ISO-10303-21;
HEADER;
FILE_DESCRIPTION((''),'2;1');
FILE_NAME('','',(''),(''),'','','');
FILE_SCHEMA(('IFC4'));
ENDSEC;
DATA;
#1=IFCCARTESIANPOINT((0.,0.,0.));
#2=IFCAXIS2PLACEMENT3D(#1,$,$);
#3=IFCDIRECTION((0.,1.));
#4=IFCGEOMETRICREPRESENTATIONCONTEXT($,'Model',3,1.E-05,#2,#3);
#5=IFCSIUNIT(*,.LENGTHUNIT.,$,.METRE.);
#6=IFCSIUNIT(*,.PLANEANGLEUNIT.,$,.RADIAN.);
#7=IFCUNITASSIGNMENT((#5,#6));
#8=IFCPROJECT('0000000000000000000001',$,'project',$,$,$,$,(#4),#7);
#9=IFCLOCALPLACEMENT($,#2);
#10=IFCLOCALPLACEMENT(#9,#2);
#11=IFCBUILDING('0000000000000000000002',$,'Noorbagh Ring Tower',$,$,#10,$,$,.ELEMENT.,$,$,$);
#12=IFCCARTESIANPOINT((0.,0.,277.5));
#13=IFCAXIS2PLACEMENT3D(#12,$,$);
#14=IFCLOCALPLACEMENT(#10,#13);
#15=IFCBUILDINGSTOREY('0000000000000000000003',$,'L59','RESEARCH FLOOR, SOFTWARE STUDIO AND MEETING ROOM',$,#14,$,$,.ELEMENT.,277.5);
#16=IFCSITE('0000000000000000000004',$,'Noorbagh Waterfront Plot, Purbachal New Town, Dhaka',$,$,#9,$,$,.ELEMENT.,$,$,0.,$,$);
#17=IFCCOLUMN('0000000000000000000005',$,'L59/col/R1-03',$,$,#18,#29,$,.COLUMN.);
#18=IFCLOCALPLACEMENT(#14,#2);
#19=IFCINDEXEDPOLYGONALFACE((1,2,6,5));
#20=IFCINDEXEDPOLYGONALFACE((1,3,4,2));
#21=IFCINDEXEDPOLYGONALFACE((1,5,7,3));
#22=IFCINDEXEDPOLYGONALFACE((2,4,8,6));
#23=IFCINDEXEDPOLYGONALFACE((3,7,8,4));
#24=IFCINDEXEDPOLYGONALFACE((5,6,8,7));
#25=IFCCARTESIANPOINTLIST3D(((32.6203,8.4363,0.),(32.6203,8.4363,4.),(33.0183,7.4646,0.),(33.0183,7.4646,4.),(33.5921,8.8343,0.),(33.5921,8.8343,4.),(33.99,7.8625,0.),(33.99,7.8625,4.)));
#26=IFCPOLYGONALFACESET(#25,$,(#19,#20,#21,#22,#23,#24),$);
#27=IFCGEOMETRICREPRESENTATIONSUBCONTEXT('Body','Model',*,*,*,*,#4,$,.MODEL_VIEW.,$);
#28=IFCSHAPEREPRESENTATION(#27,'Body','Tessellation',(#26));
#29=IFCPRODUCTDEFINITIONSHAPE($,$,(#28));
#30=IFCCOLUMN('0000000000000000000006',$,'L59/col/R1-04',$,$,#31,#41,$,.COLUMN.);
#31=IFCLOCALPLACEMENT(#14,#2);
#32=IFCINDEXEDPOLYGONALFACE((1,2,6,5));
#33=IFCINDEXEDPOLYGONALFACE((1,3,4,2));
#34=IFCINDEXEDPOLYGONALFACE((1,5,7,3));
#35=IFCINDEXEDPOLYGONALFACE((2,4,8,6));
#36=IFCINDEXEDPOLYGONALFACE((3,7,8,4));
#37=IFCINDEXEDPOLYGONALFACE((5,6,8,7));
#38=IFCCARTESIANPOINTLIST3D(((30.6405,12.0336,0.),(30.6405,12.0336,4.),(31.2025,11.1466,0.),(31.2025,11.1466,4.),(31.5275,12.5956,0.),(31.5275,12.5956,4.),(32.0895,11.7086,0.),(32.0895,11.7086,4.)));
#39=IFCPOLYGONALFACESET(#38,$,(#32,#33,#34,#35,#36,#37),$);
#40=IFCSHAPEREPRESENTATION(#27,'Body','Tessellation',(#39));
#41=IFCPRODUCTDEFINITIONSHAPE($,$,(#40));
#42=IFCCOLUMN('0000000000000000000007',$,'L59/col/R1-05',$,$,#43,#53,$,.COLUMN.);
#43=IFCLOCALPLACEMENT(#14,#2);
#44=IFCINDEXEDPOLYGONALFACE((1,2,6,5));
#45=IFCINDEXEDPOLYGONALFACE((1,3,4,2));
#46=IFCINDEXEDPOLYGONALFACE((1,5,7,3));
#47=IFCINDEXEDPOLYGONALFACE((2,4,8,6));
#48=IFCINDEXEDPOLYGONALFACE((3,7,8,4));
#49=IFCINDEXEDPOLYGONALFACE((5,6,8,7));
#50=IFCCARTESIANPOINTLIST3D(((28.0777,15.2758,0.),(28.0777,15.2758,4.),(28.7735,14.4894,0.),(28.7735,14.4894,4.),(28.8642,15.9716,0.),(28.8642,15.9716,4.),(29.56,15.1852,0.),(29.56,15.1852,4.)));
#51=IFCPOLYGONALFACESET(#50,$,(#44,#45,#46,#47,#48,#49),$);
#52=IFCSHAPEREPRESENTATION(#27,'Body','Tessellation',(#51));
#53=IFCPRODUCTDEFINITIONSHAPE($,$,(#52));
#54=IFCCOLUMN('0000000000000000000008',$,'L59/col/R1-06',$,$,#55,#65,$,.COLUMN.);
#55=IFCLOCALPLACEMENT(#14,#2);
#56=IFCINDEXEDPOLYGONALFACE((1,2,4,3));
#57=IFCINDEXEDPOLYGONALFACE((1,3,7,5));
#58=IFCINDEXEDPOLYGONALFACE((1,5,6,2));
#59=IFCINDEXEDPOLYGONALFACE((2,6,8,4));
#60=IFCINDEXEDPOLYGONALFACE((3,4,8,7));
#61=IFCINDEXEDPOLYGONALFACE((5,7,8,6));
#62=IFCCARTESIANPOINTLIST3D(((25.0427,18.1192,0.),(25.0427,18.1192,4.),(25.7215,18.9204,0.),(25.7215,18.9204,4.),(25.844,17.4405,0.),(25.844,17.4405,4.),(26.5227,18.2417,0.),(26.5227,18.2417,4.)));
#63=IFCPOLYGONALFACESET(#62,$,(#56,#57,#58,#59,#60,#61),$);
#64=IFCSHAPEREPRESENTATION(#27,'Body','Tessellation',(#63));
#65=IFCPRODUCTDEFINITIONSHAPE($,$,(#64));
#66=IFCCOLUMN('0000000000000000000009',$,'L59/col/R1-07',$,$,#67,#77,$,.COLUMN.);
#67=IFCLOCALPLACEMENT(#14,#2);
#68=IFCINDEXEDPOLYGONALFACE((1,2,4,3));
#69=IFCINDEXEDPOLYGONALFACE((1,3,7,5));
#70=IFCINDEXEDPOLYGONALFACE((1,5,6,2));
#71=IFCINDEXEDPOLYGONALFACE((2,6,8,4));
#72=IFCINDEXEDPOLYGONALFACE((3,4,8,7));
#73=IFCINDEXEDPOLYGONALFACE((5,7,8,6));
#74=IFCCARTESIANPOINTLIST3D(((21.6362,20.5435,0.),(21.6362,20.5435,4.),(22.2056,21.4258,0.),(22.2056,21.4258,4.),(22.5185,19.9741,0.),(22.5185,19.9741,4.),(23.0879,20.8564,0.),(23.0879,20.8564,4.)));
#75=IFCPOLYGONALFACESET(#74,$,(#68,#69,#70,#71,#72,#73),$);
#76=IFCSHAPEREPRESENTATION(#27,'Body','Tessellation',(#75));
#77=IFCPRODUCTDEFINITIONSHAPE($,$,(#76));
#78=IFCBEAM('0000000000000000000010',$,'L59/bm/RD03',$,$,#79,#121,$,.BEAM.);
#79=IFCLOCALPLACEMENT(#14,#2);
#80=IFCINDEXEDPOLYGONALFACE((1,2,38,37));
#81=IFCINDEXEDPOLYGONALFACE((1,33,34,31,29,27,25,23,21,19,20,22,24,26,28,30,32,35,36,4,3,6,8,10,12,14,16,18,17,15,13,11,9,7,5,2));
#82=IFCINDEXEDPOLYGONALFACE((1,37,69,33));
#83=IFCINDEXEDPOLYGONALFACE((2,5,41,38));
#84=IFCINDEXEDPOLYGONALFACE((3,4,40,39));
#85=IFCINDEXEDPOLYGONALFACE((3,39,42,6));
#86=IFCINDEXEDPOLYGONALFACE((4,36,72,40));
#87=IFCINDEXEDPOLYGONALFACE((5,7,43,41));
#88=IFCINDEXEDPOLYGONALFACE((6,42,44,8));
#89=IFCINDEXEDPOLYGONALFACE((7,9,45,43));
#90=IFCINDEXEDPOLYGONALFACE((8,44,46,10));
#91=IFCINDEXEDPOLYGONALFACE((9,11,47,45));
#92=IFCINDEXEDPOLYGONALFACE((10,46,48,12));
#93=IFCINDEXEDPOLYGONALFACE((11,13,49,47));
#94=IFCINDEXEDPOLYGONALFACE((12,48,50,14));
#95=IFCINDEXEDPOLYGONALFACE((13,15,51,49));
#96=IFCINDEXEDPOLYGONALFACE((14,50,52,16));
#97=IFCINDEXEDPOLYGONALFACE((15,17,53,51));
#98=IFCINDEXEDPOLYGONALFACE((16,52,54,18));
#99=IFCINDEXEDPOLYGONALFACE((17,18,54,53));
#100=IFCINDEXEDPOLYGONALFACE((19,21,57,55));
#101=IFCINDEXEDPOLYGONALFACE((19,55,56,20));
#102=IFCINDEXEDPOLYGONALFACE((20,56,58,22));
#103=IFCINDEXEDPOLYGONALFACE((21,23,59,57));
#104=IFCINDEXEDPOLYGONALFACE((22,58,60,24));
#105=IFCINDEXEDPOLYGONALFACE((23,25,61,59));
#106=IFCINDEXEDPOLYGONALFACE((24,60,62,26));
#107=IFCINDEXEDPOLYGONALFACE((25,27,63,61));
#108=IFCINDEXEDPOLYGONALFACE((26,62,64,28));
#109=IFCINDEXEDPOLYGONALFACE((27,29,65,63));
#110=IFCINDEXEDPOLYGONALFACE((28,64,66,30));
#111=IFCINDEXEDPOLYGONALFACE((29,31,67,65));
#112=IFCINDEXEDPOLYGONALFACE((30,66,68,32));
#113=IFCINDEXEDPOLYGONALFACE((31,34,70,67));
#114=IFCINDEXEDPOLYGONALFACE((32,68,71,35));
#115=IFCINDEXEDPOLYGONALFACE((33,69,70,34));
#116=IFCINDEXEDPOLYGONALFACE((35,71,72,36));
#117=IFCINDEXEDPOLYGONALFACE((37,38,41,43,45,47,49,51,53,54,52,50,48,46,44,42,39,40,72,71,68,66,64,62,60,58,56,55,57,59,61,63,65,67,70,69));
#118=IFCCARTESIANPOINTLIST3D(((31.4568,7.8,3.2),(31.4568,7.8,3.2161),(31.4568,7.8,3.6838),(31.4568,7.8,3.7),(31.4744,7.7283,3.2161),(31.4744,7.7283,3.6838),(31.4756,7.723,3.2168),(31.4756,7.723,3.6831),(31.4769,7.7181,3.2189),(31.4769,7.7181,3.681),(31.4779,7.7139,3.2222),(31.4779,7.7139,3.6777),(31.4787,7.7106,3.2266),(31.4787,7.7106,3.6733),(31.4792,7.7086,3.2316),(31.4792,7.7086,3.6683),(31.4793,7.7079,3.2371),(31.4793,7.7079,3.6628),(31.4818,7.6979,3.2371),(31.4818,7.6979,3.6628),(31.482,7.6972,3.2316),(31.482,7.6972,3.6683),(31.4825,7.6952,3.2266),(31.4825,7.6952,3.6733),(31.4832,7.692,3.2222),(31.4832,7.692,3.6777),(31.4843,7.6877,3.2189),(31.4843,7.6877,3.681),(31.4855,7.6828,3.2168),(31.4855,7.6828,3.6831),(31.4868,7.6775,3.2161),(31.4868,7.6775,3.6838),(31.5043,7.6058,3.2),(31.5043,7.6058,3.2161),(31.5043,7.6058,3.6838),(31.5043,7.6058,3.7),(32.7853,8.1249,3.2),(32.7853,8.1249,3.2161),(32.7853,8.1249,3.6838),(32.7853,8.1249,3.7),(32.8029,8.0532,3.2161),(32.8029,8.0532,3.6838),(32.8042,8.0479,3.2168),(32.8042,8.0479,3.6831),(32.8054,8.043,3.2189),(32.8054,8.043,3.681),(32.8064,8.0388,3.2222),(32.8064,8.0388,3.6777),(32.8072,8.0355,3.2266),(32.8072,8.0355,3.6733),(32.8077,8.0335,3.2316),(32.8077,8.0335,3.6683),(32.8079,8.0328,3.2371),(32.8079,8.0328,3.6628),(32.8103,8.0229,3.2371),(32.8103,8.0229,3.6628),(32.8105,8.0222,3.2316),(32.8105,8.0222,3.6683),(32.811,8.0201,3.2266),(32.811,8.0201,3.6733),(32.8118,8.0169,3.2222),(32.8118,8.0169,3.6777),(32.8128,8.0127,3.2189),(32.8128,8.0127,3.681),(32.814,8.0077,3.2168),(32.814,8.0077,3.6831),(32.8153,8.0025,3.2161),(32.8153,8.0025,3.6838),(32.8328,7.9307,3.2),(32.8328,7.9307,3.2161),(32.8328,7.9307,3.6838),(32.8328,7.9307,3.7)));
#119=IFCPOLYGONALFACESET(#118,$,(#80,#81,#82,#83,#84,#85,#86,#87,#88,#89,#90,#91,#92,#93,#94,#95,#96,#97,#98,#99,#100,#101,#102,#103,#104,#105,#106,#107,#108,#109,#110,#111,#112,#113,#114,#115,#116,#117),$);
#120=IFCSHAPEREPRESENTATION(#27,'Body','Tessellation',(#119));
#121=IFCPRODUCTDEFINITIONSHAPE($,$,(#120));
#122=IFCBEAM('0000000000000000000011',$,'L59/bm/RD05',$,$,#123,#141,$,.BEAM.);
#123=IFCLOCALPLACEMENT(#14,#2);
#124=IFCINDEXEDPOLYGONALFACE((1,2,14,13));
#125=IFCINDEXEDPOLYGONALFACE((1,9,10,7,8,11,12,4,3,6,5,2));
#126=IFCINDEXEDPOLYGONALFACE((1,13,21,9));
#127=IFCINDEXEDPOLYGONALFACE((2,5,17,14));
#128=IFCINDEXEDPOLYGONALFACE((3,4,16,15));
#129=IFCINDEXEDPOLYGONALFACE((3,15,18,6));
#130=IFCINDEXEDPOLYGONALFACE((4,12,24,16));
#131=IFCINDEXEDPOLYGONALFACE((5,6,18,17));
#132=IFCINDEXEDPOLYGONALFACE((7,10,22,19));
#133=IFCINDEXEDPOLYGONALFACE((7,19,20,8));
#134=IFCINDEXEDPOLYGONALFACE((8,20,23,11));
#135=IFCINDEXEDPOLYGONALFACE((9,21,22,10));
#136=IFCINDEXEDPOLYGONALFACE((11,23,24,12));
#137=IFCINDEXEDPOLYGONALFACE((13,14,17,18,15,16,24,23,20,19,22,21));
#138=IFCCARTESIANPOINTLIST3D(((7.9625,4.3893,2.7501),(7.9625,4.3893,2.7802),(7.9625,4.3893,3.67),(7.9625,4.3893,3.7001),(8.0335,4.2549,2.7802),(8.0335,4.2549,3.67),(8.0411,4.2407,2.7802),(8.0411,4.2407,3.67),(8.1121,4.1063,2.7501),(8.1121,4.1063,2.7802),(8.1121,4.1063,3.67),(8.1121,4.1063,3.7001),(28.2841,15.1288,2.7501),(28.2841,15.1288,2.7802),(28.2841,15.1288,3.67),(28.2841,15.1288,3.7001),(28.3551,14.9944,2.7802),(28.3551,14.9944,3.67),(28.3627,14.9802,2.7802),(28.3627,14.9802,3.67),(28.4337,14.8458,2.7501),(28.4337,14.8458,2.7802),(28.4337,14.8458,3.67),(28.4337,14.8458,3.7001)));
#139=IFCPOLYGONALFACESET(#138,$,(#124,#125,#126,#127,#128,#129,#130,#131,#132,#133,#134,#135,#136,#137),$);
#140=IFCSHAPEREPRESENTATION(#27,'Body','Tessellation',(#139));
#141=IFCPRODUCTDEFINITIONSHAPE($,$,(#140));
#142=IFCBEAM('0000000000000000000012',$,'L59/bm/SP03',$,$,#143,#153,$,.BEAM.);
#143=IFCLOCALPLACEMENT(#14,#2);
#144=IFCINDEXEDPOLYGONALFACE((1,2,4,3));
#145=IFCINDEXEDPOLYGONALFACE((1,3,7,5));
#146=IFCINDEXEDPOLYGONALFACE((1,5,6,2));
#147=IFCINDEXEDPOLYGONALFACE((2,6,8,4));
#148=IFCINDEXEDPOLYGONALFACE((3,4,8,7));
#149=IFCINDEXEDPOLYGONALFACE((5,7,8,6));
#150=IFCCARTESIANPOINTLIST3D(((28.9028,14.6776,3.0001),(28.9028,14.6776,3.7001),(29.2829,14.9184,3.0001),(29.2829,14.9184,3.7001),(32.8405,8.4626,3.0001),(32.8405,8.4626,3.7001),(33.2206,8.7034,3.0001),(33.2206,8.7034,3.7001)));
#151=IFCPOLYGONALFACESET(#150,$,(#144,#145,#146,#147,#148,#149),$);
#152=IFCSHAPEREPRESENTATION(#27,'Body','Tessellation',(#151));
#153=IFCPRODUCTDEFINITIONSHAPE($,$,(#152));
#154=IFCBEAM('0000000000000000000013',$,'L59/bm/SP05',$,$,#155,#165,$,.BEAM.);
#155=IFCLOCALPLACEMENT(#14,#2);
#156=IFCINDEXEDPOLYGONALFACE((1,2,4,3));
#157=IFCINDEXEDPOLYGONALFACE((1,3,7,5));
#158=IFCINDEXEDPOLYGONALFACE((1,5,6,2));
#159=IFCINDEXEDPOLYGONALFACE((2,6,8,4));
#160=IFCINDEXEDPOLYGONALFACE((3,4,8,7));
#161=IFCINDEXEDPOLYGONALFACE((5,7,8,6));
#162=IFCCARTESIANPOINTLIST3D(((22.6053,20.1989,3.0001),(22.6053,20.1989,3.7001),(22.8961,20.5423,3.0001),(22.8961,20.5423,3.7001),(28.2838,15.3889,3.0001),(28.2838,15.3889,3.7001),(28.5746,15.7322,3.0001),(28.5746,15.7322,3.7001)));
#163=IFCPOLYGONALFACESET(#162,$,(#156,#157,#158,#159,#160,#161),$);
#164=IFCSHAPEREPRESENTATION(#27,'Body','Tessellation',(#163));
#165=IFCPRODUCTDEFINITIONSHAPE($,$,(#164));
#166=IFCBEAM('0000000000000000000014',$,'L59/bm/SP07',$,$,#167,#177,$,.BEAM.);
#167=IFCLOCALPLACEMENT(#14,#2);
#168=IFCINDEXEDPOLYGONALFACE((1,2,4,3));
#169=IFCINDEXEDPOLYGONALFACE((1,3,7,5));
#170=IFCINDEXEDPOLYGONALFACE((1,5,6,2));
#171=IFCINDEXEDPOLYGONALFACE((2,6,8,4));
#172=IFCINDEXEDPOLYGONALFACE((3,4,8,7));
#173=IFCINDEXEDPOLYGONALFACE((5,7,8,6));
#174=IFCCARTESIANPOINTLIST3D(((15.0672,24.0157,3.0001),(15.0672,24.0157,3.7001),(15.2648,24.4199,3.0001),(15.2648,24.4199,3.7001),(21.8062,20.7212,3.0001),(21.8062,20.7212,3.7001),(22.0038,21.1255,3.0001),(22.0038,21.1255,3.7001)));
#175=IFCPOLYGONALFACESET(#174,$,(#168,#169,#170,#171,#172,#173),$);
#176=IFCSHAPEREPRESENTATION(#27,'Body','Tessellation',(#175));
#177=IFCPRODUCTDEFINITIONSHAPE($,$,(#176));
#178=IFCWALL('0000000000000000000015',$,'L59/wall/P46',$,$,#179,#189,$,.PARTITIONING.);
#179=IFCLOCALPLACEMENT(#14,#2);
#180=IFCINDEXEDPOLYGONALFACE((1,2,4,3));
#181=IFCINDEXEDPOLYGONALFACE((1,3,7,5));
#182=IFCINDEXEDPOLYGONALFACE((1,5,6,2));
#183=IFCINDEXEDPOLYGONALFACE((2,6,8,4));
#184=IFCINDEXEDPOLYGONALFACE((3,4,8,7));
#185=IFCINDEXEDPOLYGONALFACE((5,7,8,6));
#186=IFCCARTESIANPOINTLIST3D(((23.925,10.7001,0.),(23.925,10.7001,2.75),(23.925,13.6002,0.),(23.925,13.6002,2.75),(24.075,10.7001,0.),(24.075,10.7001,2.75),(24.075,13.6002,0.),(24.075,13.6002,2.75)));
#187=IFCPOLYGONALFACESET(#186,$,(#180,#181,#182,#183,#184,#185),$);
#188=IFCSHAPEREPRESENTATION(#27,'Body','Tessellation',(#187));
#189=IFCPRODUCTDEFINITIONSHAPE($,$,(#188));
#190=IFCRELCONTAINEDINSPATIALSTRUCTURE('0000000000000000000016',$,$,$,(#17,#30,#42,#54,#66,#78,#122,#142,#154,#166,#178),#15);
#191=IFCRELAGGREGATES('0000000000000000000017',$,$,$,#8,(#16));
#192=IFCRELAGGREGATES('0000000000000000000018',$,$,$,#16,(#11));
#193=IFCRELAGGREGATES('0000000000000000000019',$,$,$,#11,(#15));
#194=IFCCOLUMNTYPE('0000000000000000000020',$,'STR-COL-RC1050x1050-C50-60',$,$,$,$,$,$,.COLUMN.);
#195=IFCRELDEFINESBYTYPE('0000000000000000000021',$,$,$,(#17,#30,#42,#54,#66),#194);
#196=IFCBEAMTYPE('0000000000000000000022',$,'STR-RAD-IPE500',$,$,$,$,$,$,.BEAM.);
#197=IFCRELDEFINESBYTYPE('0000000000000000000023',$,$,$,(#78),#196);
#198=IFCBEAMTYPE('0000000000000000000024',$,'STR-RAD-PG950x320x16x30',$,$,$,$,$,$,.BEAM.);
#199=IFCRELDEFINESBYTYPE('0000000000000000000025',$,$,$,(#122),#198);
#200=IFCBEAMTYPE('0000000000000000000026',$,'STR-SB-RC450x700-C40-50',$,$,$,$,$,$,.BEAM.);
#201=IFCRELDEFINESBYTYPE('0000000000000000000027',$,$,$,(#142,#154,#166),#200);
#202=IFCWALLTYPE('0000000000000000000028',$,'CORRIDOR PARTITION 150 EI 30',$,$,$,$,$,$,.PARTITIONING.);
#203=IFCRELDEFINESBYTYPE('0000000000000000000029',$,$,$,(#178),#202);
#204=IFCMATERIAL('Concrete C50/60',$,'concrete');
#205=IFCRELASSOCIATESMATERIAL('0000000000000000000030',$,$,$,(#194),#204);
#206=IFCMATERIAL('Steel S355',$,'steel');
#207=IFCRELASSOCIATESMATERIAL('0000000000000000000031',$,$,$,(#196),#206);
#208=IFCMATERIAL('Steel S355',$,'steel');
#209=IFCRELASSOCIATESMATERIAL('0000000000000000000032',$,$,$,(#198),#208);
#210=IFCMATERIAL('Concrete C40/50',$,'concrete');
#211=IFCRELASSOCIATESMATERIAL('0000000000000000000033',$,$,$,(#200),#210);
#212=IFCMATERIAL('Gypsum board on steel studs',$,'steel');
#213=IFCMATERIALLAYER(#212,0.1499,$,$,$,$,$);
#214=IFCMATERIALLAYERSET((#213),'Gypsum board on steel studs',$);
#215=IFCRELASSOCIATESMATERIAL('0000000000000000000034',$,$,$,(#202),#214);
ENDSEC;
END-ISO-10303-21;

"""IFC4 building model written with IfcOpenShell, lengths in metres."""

from ifc_helpers import new_model, si_unit, direction, frame, frame_2d, origin, origin_2d, place, context, subcontext, project, spatial, rectangle, i_section, extrude, material, layer, layer_set, material_profile, profile_set, type_object, element, save


model = new_model("IFC4")

# Units and contexts
model_context = context("Model", 3, precision=1e-05, world=origin(), true_north=direction((0.0, 1.0)))
body_context = subcontext(model_context, "Body", "Model", "MODEL_VIEW")
ifc_project = project(units=[si_unit("LENGTHUNIT", "METRE"), si_unit("PLANEANGLEUNIT", "RADIAN")], contexts=[model_context])

# Site, building, storey
site_placement = place(None, origin())
site = spatial("IfcSite", under=ifc_project, at=site_placement, Name="Noorbagh Waterfront Plot, Purbachal New Town, Dhaka", CompositionType="ELEMENT", RefElevation=0.0)
building_placement = place(site_placement, origin())
building = spatial("IfcBuilding", under=site, at=building_placement, Name="Noorbagh Ring Tower", CompositionType="ELEMENT")
storey_placement = place(building_placement, frame((0.0, 0.0, 277.5)))
storey = spatial("IfcBuildingStorey", under=building, at=storey_placement, Name="L59", Description="RESEARCH FLOOR, SOFTWARE STUDIO AND MEETING ROOM", CompositionType="ELEMENT", Elevation=277.5)

# Columns
ifc_material_1 = material(Name="Concrete C50/60", Category="concrete")
ifc_material_profile_1 = material_profile(ifc_material_1, rectangle(XDim=1.05, YDim=1.05, at=origin_2d()), Name="RC1050x1050")
ifc_profile_set_1 = profile_set([ifc_material_profile_1], Name="Concrete C50/60")
column_type = type_object("IfcColumnType", Name="STR-COL-RC1050x1050-C50-60", PredefinedType="COLUMN", material=ifc_profile_set_1)
for number, where, z_axis, x_axis, name in (
    (1, (33.3052, 8.1494, 0.0), (0.0, 0.0, 1.0), (-0.378989, 0.925401, 0.0), "L59/col/R1-03"),
    (2, (31.365, 11.8711, 0.0), (0.0, 0.0, 1.0), (-0.53519, 0.844731, 0.0), "L59/col/R1-04"),
    (3, (28.8188, 15.2305, 0.0), (0.0, 0.0, 1.0), (-0.662636, 0.748942, 0.0), "L59/col/R1-05"),
    (4, (25.7827, 18.1804, 0.0), (0.0, 0.0, 1.0), (-0.763035, 0.646357, 0.0), "L59/col/R1-06"),
    (5, (22.3621, 20.7, 0.0), (0.0, 0.0, 1.0), (-0.840248, 0.542203, 0.0), "L59/col/R1-07"),
):
    element("IfcColumn", number, at=place(storey_placement, frame(where, z_axis=z_axis, x_axis=x_axis)), inside=storey, type_object=column_type, Name=name, PredefinedType="COLUMN", context=body_context, shape_type="SweptSolid", body=[
        extrude(rectangle(XDim=1.05, YDim=1.05, at=origin_2d()), origin(), (0.0, 0.0, 1.0), 4.0),
    ])

# Beams
ifc_material_2 = material(Name="Steel S355", Category="steel")
ifc_material_profile_2 = material_profile(ifc_material_2, i_section(OverallWidth=0.2, OverallDepth=0.5, WebThickness=0.0103, FlangeThickness=0.0161, FilletRadius=0.021, at=origin_2d()), Name="IPE500")
ifc_profile_set_2 = profile_set([ifc_material_profile_2], Name="Steel S355")
beam_type_1 = type_object("IfcBeamType", Name="STR-RAD-IPE500", PredefinedType="BEAM", material=ifc_profile_set_2)
beam_1_placement = place(storey_placement, frame((32.8091, 8.0278, 3.45), z_axis=(-0.971369, -0.237577, 0.0), x_axis=(0.237577, -0.971369, 0.0)))
element("IfcBeam", 6, at=beam_1_placement, inside=storey, type_object=beam_type_1, Name="L59/bm/RD03", PredefinedType="BEAM", context=body_context, shape_type="SweptSolid", body=[
    extrude(i_section(OverallWidth=0.2, OverallDepth=0.5, WebThickness=0.0103, FlangeThickness=0.0161, FilletRadius=0.021, at=origin_2d()), origin(), (0.0, 0.0, 1.0), 1.3677),
])
ifc_material_3 = material(Name="Steel S355", Category="steel")
ifc_material_profile_3 = material_profile(ifc_material_3, i_section(OverallWidth=0.3201, OverallDepth=0.95, WebThickness=0.0161, FlangeThickness=0.03, at=origin_2d()), Name="PG950x320x16x30")
ifc_profile_set_3 = profile_set([ifc_material_profile_3], Name="Steel S355")
beam_type_2 = type_object("IfcBeamType", Name="STR-RAD-PG950x320x16x30", PredefinedType="BEAM", material=ifc_profile_set_3)
beam_2_placement = place(storey_placement, frame((28.3589, 14.9873, 3.2251), z_axis=(-0.884129, -0.467243, 0.0), x_axis=(0.467243, -0.884129, 0.0)))
element("IfcBeam", 7, at=beam_2_placement, inside=storey, type_object=beam_type_2, Name="L59/bm/RD05", PredefinedType="BEAM", context=body_context, shape_type="SweptSolid", body=[
    extrude(i_section(OverallWidth=0.3201, OverallDepth=0.95, WebThickness=0.0161, FlangeThickness=0.03, at=origin_2d()), origin(), (0.0, 0.0, 1.0), 22.9849),
])
ifc_material_4 = material(Name="Concrete C40/50", Category="concrete")
ifc_material_profile_4 = material_profile(ifc_material_4, rectangle(XDim=0.45, YDim=0.7, at=origin_2d()), Name="RC450x700")
ifc_profile_set_4 = profile_set([ifc_material_profile_4], Name="Concrete C40/50")
beam_type_3 = type_object("IfcBeamType", Name="STR-SB-RC450x700-C40-50", PredefinedType="BEAM", material=ifc_profile_set_4)
beam_3_placement = place(storey_placement, frame((33.0305, 8.583, 3.3501), z_axis=(-0.5352, 0.844726, 0.0), x_axis=(-0.844726, -0.5352, 0.0)))
element("IfcBeam", 8, at=beam_3_placement, inside=storey, type_object=beam_type_3, Name="L59/bm/SP03", PredefinedType="BEAM", context=body_context, shape_type="SweptSolid", body=[
    extrude(rectangle(XDim=0.45, YDim=0.7, at=origin_2d()), origin(), (0.0, 0.0, 1.0), 7.3574),
])
beam_4_placement = place(storey_placement, frame((28.4292, 15.5605, 3.3501), z_axis=(-0.763041, 0.64635, 0.0), x_axis=(-0.64635, -0.763041, 0.0)))
element("IfcBeam", 9, at=beam_4_placement, inside=storey, type_object=beam_type_3, Name="L59/bm/SP05", PredefinedType="BEAM", context=body_context, shape_type="SweptSolid", body=[
    extrude(rectangle(XDim=0.45, YDim=0.7, at=origin_2d()), origin(), (0.0, 0.0, 1.0), 7.4419),
])
beam_5_placement = place(storey_placement, frame((21.905, 20.9233, 3.3501), z_axis=(-0.898395, 0.439189, 0.0), x_axis=(-0.439189, -0.898395, 0.0)))
element("IfcBeam", 10, at=beam_5_placement, inside=storey, type_object=beam_type_3, Name="L59/bm/SP07", PredefinedType="BEAM", context=body_context, shape_type="SweptSolid", body=[
    extrude(rectangle(XDim=0.45, YDim=0.7, at=origin_2d()), origin(), (0.0, 0.0, 1.0), 7.5012),
])

# Wall
ifc_material_5 = material(Name="Gypsum board on steel studs", Category="steel")
ifc_layer_1 = layer(ifc_material_5, 0.1499)
ifc_layer_set_1 = layer_set([ifc_layer_1], Name="Gypsum board on steel studs")
wall_type_1 = type_object("IfcWallType", Name="CORRIDOR PARTITION 150 EI 30", PredefinedType="PARTITIONING", material=ifc_layer_set_1)
wall_1_placement = place(storey_placement, frame((24.0, 10.7, 0.0), z_axis=(0.0, 0.0, 1.0), x_axis=(0.0, 1.0, 0.0)))
element("IfcWall", 11, at=wall_1_placement, inside=storey, type_object=wall_type_1, Name="L59/wall/P46", PredefinedType="PARTITIONING", context=body_context, shape_type="SweptSolid", body=[
    extrude(rectangle(XDim=2.9001, YDim=0.1499, at=frame_2d((1.4502, 0.0))), origin(), (0.0, 0.0, 1.0), 2.75),
])

save(model, "model.ifc")
